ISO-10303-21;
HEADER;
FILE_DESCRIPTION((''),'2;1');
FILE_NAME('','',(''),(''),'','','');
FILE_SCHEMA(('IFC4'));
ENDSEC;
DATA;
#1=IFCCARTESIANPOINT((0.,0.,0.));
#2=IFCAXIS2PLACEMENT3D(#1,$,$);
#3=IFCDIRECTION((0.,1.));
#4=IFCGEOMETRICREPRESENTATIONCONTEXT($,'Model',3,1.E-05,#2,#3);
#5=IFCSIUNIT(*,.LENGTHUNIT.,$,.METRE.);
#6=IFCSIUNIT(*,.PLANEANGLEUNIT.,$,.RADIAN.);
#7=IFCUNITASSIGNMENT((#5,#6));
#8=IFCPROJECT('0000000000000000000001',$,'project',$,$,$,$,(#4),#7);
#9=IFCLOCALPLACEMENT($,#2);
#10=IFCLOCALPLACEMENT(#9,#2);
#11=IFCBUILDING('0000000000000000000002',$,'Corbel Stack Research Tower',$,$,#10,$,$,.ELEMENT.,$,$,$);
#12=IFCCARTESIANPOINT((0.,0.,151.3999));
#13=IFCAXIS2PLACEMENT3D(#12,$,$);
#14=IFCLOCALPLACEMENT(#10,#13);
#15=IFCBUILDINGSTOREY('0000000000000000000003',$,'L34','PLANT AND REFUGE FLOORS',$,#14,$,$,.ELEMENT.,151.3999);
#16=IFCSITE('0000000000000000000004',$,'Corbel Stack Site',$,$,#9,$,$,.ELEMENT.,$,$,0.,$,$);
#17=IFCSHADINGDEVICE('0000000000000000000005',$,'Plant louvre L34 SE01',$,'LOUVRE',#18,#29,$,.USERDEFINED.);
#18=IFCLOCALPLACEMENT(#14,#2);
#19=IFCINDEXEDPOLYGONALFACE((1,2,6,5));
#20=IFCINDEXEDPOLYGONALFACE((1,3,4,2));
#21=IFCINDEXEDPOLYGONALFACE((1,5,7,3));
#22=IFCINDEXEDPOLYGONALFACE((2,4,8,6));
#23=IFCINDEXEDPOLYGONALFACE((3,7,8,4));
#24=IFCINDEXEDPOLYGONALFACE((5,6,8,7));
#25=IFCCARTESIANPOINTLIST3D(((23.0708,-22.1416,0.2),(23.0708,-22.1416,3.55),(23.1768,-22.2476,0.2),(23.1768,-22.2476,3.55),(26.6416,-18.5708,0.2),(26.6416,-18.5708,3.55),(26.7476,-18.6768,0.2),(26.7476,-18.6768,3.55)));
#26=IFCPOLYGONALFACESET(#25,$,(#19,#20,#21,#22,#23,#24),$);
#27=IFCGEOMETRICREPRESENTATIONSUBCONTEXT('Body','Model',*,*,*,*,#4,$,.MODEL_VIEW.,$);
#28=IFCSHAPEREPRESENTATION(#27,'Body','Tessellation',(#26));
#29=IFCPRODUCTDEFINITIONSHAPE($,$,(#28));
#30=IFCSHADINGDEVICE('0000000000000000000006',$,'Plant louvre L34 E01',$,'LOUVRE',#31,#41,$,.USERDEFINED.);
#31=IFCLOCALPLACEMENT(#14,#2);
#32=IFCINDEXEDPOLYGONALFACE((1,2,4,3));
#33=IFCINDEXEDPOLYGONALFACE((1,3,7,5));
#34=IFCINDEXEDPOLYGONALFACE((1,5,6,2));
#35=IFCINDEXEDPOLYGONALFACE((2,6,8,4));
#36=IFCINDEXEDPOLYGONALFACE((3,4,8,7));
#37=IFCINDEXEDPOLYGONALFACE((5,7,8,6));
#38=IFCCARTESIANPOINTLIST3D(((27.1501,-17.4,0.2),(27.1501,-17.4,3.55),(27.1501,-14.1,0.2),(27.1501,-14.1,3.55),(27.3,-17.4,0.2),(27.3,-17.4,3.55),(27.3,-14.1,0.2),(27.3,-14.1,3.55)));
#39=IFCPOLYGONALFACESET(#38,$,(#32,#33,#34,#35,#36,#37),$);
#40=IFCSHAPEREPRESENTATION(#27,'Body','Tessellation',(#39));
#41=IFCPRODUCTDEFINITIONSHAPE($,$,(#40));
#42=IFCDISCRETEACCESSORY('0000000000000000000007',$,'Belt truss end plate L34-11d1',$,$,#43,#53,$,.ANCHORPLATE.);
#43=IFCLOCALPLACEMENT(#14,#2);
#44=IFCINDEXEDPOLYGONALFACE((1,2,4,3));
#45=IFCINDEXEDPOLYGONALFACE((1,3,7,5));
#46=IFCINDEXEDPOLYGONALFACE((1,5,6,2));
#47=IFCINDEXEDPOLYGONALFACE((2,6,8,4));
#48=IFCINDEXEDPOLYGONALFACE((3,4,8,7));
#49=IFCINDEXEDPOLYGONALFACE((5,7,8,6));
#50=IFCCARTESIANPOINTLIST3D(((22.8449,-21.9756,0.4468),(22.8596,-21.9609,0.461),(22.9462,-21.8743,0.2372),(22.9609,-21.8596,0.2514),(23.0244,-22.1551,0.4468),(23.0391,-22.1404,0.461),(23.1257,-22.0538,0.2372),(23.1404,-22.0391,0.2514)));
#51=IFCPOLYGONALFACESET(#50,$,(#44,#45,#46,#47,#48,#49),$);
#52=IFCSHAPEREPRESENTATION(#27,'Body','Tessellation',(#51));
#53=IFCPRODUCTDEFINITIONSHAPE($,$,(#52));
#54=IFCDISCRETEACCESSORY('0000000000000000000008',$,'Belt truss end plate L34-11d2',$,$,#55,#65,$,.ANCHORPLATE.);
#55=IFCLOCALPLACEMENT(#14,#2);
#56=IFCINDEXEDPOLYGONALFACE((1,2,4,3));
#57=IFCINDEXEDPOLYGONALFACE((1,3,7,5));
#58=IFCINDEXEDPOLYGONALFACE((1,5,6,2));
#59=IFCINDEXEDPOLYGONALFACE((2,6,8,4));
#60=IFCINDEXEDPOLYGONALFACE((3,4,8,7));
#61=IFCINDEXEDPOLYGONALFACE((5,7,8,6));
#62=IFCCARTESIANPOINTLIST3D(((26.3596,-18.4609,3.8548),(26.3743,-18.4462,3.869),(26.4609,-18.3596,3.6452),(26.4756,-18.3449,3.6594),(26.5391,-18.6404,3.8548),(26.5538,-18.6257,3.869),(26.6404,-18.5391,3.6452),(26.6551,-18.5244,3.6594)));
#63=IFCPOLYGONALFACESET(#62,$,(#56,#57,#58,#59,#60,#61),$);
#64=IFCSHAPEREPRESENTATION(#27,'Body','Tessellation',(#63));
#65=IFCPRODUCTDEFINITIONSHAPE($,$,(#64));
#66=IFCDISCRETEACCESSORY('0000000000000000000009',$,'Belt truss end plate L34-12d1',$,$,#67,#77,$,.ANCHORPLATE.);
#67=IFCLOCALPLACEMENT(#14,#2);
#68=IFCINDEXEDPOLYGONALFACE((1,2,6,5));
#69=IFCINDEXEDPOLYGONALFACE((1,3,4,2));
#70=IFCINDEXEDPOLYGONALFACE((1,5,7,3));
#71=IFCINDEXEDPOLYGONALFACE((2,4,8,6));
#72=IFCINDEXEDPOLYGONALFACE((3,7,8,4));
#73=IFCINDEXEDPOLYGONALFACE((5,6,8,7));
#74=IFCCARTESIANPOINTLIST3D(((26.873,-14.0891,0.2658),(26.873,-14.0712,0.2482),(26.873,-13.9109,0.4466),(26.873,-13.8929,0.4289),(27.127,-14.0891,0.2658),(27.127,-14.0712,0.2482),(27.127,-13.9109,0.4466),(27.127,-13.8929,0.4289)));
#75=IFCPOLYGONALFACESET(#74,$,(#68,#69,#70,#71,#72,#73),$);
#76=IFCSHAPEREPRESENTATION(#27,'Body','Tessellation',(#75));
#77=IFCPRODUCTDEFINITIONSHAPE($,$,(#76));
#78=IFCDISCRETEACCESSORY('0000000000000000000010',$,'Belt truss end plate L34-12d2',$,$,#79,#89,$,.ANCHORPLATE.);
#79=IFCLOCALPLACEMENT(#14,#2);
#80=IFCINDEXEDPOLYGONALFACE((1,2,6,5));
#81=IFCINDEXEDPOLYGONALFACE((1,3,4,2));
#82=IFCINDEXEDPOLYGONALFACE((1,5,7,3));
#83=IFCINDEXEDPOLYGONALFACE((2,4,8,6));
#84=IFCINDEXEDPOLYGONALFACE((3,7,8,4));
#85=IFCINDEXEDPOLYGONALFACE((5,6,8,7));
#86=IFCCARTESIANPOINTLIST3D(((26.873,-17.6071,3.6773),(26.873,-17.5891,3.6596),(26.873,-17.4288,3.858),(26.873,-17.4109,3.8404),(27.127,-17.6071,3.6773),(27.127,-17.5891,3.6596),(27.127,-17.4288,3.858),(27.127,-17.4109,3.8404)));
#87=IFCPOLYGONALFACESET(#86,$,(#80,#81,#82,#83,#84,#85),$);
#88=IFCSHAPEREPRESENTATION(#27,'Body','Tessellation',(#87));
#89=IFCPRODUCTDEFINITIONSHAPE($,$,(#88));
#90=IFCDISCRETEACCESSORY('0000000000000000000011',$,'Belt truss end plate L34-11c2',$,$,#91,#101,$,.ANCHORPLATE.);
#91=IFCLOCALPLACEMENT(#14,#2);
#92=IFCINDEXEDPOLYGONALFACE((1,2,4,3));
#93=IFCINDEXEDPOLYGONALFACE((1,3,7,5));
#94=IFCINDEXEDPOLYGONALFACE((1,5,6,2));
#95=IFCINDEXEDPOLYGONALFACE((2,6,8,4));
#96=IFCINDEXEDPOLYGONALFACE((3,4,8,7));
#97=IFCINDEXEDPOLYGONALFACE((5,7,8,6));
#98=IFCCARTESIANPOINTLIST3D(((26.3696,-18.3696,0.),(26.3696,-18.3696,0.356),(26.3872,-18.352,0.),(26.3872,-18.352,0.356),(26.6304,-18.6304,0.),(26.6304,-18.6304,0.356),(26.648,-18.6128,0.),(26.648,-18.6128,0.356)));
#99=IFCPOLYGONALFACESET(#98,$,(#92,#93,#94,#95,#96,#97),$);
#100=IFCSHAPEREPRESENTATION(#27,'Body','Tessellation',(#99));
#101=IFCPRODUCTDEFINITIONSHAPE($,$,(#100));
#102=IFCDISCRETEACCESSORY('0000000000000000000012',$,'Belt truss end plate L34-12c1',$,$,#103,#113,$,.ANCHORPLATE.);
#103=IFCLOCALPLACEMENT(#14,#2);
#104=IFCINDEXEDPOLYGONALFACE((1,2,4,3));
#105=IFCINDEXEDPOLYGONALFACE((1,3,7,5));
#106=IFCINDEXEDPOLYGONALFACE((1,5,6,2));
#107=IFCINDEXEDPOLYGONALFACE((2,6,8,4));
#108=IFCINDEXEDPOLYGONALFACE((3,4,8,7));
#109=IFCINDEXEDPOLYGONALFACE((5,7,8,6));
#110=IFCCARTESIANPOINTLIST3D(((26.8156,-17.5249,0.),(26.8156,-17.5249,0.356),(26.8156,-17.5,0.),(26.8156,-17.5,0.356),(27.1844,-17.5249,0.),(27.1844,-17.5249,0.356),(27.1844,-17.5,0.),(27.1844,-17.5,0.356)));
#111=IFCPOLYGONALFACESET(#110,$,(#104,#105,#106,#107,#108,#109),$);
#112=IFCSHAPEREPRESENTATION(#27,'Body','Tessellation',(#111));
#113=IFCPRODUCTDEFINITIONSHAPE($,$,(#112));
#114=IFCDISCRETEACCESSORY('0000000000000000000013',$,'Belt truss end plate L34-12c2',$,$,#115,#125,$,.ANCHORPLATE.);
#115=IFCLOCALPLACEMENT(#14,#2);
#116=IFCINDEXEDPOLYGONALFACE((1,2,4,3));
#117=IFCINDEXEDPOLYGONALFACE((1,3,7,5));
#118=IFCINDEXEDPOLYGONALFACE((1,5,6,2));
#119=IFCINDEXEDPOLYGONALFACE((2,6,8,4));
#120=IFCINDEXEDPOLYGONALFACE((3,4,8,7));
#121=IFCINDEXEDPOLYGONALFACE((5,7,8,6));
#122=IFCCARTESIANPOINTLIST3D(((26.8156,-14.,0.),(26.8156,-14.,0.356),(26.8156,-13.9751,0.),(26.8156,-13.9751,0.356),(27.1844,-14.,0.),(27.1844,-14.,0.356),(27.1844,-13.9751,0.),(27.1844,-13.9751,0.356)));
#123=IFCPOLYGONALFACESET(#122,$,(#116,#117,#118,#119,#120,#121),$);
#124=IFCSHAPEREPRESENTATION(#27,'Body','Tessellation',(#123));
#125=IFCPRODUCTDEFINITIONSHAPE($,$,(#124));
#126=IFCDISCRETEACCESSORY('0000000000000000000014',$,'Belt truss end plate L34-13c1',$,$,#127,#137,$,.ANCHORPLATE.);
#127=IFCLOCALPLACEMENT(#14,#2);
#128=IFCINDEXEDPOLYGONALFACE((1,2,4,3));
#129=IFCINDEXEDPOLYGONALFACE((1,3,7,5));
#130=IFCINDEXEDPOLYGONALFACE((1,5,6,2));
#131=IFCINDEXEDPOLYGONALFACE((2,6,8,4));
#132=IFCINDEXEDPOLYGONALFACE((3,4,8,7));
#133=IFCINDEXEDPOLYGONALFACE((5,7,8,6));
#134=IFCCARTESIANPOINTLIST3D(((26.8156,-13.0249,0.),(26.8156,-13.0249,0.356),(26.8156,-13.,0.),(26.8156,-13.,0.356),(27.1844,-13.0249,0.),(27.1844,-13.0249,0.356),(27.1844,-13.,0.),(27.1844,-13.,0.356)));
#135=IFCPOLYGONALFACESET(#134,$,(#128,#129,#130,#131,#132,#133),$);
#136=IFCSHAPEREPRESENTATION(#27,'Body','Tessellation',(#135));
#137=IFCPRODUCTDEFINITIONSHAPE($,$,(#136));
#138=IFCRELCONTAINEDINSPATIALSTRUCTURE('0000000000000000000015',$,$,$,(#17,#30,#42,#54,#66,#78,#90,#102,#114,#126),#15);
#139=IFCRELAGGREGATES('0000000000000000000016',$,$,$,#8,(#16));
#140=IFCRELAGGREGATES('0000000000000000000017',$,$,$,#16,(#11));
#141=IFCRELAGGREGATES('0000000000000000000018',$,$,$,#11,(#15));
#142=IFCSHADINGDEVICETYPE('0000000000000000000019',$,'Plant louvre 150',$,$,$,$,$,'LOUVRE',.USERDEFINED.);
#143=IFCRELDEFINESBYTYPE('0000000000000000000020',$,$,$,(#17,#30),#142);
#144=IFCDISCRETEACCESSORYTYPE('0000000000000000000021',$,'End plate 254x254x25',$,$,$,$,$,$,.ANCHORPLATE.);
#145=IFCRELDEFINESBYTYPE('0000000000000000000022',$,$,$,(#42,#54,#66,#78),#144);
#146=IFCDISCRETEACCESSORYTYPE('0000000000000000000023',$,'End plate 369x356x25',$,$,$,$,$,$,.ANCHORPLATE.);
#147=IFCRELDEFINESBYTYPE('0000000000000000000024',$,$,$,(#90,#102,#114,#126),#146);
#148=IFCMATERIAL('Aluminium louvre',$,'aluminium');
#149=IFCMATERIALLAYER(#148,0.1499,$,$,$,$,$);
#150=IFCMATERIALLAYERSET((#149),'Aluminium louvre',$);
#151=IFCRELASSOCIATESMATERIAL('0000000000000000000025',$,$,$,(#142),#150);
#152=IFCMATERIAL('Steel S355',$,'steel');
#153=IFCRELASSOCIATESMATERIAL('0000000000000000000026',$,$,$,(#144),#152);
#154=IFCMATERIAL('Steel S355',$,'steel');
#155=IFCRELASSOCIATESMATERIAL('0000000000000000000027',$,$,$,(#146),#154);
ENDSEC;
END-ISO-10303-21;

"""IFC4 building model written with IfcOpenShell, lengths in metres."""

from ifc_helpers import new_model, si_unit, direction, frame, origin, origin_2d, place, context, subcontext, project, spatial, rectangle, extrude, material, layer, layer_set, material_profile, profile_set, type_object, element, save


model = new_model("IFC4")

# Units and contexts
model_context = context("Model", 3, precision=1e-05, world=origin(), true_north=direction((0.0, 1.0)))
body_context = subcontext(model_context, "Body", "Model", "MODEL_VIEW")
ifc_project = project(units=[si_unit("LENGTHUNIT", "METRE"), si_unit("PLANEANGLEUNIT", "RADIAN")], contexts=[model_context])

# Site, building, storey
site_placement = place(None, origin())
site = spatial("IfcSite", under=ifc_project, at=site_placement, Name="Corbel Stack Site", CompositionType="ELEMENT", RefElevation=0.0)
building_placement = place(site_placement, origin())
building = spatial("IfcBuilding", under=site, at=building_placement, Name="Corbel Stack Research Tower", CompositionType="ELEMENT")
storey_placement = place(building_placement, frame((0.0, 0.0, 151.3999)))
storey = spatial("IfcBuildingStorey", under=building, at=storey_placement, Name="L34", Description="PLANT AND REFUGE FLOORS", CompositionType="ELEMENT", Elevation=151.3999)

# Shading devices
ifc_material_1 = material(Name="Aluminium louvre", Category="aluminium")
ifc_layer_1 = layer(ifc_material_1, 0.1499)
ifc_layer_set_1 = layer_set([ifc_layer_1], Name="Aluminium louvre")
shading_device_type = type_object("IfcShadingDeviceType", Name="Plant louvre 150", ElementType="LOUVRE", PredefinedType="USERDEFINED", material=ifc_layer_set_1)
shading_device_1_placement = place(storey_placement, frame((24.9092, -20.4092, 0.2), z_axis=(0.0, 0.0, 1.0), x_axis=(0.707107, 0.707107, 0.0)))
element("IfcShadingDevice", 1, at=shading_device_1_placement, inside=storey, type_object=shading_device_type, Name="Plant louvre L34 SE01", ObjectType="LOUVRE", PredefinedType="USERDEFINED", context=body_context, shape_type="SweptSolid", body=[
    extrude(rectangle(XDim=5.0498, YDim=0.1499, at=origin_2d()), origin(), (0.0, 0.0, 1.0), 3.3501),
])
shading_device_2_placement = place(storey_placement, frame((27.2251, -15.75, 0.2), z_axis=(0.0, 0.0, 1.0), x_axis=(0.0, 1.0, 0.0)))
element("IfcShadingDevice", 2, at=shading_device_2_placement, inside=storey, type_object=shading_device_type, Name="Plant louvre L34 E01", ObjectType="LOUVRE", PredefinedType="USERDEFINED", context=body_context, shape_type="SweptSolid", body=[
    extrude(rectangle(XDim=3.3, YDim=0.1499, at=origin_2d()), origin(), (0.0, 0.0, 1.0), 3.3501),
])

# Discrete accessories
ifc_material_2 = material(Name="Steel S355", Category="steel")
ifc_material_profile_1 = material_profile(ifc_material_2, rectangle(XDim=0.2539, YDim=0.2539, at=origin_2d()), Name="End plate 254x254x25")
ifc_profile_set_1 = profile_set([ifc_material_profile_1], Name="Steel S355")
discrete_accessory_type_1 = type_object("IfcDiscreteAccessoryType", Name="End plate 254x254x25", PredefinedType="ANCHORPLATE", material=ifc_profile_set_1)
for number, where, z_axis, x_axis, name in (
    (3, (23.0, -22.0, 0.3562), (-0.583764, -0.583764, -0.564305), (0.707107, -0.707107, 0.0), "Belt truss end plate L34-11d1"),
    (4, (26.5, -18.5, 3.75), (0.583764, 0.583764, 0.564305), (-0.707107, 0.707107, 0.0), "Belt truss end plate L34-11d2"),
    (5, (27.0, -14.0, 0.3562), (0.0, 0.711966, -0.702213), (-1.0, 0.0, 0.0), "Belt truss end plate L34-12d1"),
    (6, (27.0, -17.5, 3.75), (0.0, -0.711966, 0.702213), (1.0, 0.0, 0.0), "Belt truss end plate L34-12d2"),
):
    element("IfcDiscreteAccessory", number, at=place(storey_placement, frame(where, z_axis=z_axis, x_axis=x_axis)), inside=storey, type_object=discrete_accessory_type_1, Name=name, PredefinedType="ANCHORPLATE", context=body_context, shape_type="SweptSolid", body=[
        extrude(rectangle(XDim=0.2539, YDim=0.2539, at=origin_2d()), origin(), (0.0, 0.0, 1.0), 0.0251),
    ])
ifc_material_3 = material(Name="Steel S355", Category="steel")
ifc_material_profile_2 = material_profile(ifc_material_3, rectangle(XDim=0.3689, YDim=0.356, at=origin_2d()), Name="End plate 369x356x25")
ifc_profile_set_2 = profile_set([ifc_material_profile_2], Name="Steel S355")
discrete_accessory_type_2 = type_object("IfcDiscreteAccessoryType", Name="End plate 369x356x25", PredefinedType="ANCHORPLATE", material=ifc_profile_set_2)
for number, where, z_axis, x_axis, name in (
    (7, (26.5, -18.5, 0.178), (0.707107, 0.707107, 0.0), (-0.707107, 0.707107, 0.0), "Belt truss end plate L34-11c2"),
    (8, (27.0, -17.5, 0.178), (0.0, -1.0, 0.0), (1.0, 0.0, 0.0), "Belt truss end plate L34-12c1"),
    (9, (27.0, -14.0, 0.178), (0.0, 1.0, 0.0), (-1.0, 0.0, 0.0), "Belt truss end plate L34-12c2"),
    (10, (27.0, -13.0, 0.178), (0.0, -1.0, 0.0), (1.0, 0.0, 0.0), "Belt truss end plate L34-13c1"),
):
    element("IfcDiscreteAccessory", number, at=place(storey_placement, frame(where, z_axis=z_axis, x_axis=x_axis)), inside=storey, type_object=discrete_accessory_type_2, Name=name, PredefinedType="ANCHORPLATE", context=body_context, shape_type="SweptSolid", body=[
        extrude(rectangle(XDim=0.3689, YDim=0.356, at=origin_2d()), origin(), (0.0, 0.0, 1.0), 0.0249),
    ])

save(model, "model.ifc")
